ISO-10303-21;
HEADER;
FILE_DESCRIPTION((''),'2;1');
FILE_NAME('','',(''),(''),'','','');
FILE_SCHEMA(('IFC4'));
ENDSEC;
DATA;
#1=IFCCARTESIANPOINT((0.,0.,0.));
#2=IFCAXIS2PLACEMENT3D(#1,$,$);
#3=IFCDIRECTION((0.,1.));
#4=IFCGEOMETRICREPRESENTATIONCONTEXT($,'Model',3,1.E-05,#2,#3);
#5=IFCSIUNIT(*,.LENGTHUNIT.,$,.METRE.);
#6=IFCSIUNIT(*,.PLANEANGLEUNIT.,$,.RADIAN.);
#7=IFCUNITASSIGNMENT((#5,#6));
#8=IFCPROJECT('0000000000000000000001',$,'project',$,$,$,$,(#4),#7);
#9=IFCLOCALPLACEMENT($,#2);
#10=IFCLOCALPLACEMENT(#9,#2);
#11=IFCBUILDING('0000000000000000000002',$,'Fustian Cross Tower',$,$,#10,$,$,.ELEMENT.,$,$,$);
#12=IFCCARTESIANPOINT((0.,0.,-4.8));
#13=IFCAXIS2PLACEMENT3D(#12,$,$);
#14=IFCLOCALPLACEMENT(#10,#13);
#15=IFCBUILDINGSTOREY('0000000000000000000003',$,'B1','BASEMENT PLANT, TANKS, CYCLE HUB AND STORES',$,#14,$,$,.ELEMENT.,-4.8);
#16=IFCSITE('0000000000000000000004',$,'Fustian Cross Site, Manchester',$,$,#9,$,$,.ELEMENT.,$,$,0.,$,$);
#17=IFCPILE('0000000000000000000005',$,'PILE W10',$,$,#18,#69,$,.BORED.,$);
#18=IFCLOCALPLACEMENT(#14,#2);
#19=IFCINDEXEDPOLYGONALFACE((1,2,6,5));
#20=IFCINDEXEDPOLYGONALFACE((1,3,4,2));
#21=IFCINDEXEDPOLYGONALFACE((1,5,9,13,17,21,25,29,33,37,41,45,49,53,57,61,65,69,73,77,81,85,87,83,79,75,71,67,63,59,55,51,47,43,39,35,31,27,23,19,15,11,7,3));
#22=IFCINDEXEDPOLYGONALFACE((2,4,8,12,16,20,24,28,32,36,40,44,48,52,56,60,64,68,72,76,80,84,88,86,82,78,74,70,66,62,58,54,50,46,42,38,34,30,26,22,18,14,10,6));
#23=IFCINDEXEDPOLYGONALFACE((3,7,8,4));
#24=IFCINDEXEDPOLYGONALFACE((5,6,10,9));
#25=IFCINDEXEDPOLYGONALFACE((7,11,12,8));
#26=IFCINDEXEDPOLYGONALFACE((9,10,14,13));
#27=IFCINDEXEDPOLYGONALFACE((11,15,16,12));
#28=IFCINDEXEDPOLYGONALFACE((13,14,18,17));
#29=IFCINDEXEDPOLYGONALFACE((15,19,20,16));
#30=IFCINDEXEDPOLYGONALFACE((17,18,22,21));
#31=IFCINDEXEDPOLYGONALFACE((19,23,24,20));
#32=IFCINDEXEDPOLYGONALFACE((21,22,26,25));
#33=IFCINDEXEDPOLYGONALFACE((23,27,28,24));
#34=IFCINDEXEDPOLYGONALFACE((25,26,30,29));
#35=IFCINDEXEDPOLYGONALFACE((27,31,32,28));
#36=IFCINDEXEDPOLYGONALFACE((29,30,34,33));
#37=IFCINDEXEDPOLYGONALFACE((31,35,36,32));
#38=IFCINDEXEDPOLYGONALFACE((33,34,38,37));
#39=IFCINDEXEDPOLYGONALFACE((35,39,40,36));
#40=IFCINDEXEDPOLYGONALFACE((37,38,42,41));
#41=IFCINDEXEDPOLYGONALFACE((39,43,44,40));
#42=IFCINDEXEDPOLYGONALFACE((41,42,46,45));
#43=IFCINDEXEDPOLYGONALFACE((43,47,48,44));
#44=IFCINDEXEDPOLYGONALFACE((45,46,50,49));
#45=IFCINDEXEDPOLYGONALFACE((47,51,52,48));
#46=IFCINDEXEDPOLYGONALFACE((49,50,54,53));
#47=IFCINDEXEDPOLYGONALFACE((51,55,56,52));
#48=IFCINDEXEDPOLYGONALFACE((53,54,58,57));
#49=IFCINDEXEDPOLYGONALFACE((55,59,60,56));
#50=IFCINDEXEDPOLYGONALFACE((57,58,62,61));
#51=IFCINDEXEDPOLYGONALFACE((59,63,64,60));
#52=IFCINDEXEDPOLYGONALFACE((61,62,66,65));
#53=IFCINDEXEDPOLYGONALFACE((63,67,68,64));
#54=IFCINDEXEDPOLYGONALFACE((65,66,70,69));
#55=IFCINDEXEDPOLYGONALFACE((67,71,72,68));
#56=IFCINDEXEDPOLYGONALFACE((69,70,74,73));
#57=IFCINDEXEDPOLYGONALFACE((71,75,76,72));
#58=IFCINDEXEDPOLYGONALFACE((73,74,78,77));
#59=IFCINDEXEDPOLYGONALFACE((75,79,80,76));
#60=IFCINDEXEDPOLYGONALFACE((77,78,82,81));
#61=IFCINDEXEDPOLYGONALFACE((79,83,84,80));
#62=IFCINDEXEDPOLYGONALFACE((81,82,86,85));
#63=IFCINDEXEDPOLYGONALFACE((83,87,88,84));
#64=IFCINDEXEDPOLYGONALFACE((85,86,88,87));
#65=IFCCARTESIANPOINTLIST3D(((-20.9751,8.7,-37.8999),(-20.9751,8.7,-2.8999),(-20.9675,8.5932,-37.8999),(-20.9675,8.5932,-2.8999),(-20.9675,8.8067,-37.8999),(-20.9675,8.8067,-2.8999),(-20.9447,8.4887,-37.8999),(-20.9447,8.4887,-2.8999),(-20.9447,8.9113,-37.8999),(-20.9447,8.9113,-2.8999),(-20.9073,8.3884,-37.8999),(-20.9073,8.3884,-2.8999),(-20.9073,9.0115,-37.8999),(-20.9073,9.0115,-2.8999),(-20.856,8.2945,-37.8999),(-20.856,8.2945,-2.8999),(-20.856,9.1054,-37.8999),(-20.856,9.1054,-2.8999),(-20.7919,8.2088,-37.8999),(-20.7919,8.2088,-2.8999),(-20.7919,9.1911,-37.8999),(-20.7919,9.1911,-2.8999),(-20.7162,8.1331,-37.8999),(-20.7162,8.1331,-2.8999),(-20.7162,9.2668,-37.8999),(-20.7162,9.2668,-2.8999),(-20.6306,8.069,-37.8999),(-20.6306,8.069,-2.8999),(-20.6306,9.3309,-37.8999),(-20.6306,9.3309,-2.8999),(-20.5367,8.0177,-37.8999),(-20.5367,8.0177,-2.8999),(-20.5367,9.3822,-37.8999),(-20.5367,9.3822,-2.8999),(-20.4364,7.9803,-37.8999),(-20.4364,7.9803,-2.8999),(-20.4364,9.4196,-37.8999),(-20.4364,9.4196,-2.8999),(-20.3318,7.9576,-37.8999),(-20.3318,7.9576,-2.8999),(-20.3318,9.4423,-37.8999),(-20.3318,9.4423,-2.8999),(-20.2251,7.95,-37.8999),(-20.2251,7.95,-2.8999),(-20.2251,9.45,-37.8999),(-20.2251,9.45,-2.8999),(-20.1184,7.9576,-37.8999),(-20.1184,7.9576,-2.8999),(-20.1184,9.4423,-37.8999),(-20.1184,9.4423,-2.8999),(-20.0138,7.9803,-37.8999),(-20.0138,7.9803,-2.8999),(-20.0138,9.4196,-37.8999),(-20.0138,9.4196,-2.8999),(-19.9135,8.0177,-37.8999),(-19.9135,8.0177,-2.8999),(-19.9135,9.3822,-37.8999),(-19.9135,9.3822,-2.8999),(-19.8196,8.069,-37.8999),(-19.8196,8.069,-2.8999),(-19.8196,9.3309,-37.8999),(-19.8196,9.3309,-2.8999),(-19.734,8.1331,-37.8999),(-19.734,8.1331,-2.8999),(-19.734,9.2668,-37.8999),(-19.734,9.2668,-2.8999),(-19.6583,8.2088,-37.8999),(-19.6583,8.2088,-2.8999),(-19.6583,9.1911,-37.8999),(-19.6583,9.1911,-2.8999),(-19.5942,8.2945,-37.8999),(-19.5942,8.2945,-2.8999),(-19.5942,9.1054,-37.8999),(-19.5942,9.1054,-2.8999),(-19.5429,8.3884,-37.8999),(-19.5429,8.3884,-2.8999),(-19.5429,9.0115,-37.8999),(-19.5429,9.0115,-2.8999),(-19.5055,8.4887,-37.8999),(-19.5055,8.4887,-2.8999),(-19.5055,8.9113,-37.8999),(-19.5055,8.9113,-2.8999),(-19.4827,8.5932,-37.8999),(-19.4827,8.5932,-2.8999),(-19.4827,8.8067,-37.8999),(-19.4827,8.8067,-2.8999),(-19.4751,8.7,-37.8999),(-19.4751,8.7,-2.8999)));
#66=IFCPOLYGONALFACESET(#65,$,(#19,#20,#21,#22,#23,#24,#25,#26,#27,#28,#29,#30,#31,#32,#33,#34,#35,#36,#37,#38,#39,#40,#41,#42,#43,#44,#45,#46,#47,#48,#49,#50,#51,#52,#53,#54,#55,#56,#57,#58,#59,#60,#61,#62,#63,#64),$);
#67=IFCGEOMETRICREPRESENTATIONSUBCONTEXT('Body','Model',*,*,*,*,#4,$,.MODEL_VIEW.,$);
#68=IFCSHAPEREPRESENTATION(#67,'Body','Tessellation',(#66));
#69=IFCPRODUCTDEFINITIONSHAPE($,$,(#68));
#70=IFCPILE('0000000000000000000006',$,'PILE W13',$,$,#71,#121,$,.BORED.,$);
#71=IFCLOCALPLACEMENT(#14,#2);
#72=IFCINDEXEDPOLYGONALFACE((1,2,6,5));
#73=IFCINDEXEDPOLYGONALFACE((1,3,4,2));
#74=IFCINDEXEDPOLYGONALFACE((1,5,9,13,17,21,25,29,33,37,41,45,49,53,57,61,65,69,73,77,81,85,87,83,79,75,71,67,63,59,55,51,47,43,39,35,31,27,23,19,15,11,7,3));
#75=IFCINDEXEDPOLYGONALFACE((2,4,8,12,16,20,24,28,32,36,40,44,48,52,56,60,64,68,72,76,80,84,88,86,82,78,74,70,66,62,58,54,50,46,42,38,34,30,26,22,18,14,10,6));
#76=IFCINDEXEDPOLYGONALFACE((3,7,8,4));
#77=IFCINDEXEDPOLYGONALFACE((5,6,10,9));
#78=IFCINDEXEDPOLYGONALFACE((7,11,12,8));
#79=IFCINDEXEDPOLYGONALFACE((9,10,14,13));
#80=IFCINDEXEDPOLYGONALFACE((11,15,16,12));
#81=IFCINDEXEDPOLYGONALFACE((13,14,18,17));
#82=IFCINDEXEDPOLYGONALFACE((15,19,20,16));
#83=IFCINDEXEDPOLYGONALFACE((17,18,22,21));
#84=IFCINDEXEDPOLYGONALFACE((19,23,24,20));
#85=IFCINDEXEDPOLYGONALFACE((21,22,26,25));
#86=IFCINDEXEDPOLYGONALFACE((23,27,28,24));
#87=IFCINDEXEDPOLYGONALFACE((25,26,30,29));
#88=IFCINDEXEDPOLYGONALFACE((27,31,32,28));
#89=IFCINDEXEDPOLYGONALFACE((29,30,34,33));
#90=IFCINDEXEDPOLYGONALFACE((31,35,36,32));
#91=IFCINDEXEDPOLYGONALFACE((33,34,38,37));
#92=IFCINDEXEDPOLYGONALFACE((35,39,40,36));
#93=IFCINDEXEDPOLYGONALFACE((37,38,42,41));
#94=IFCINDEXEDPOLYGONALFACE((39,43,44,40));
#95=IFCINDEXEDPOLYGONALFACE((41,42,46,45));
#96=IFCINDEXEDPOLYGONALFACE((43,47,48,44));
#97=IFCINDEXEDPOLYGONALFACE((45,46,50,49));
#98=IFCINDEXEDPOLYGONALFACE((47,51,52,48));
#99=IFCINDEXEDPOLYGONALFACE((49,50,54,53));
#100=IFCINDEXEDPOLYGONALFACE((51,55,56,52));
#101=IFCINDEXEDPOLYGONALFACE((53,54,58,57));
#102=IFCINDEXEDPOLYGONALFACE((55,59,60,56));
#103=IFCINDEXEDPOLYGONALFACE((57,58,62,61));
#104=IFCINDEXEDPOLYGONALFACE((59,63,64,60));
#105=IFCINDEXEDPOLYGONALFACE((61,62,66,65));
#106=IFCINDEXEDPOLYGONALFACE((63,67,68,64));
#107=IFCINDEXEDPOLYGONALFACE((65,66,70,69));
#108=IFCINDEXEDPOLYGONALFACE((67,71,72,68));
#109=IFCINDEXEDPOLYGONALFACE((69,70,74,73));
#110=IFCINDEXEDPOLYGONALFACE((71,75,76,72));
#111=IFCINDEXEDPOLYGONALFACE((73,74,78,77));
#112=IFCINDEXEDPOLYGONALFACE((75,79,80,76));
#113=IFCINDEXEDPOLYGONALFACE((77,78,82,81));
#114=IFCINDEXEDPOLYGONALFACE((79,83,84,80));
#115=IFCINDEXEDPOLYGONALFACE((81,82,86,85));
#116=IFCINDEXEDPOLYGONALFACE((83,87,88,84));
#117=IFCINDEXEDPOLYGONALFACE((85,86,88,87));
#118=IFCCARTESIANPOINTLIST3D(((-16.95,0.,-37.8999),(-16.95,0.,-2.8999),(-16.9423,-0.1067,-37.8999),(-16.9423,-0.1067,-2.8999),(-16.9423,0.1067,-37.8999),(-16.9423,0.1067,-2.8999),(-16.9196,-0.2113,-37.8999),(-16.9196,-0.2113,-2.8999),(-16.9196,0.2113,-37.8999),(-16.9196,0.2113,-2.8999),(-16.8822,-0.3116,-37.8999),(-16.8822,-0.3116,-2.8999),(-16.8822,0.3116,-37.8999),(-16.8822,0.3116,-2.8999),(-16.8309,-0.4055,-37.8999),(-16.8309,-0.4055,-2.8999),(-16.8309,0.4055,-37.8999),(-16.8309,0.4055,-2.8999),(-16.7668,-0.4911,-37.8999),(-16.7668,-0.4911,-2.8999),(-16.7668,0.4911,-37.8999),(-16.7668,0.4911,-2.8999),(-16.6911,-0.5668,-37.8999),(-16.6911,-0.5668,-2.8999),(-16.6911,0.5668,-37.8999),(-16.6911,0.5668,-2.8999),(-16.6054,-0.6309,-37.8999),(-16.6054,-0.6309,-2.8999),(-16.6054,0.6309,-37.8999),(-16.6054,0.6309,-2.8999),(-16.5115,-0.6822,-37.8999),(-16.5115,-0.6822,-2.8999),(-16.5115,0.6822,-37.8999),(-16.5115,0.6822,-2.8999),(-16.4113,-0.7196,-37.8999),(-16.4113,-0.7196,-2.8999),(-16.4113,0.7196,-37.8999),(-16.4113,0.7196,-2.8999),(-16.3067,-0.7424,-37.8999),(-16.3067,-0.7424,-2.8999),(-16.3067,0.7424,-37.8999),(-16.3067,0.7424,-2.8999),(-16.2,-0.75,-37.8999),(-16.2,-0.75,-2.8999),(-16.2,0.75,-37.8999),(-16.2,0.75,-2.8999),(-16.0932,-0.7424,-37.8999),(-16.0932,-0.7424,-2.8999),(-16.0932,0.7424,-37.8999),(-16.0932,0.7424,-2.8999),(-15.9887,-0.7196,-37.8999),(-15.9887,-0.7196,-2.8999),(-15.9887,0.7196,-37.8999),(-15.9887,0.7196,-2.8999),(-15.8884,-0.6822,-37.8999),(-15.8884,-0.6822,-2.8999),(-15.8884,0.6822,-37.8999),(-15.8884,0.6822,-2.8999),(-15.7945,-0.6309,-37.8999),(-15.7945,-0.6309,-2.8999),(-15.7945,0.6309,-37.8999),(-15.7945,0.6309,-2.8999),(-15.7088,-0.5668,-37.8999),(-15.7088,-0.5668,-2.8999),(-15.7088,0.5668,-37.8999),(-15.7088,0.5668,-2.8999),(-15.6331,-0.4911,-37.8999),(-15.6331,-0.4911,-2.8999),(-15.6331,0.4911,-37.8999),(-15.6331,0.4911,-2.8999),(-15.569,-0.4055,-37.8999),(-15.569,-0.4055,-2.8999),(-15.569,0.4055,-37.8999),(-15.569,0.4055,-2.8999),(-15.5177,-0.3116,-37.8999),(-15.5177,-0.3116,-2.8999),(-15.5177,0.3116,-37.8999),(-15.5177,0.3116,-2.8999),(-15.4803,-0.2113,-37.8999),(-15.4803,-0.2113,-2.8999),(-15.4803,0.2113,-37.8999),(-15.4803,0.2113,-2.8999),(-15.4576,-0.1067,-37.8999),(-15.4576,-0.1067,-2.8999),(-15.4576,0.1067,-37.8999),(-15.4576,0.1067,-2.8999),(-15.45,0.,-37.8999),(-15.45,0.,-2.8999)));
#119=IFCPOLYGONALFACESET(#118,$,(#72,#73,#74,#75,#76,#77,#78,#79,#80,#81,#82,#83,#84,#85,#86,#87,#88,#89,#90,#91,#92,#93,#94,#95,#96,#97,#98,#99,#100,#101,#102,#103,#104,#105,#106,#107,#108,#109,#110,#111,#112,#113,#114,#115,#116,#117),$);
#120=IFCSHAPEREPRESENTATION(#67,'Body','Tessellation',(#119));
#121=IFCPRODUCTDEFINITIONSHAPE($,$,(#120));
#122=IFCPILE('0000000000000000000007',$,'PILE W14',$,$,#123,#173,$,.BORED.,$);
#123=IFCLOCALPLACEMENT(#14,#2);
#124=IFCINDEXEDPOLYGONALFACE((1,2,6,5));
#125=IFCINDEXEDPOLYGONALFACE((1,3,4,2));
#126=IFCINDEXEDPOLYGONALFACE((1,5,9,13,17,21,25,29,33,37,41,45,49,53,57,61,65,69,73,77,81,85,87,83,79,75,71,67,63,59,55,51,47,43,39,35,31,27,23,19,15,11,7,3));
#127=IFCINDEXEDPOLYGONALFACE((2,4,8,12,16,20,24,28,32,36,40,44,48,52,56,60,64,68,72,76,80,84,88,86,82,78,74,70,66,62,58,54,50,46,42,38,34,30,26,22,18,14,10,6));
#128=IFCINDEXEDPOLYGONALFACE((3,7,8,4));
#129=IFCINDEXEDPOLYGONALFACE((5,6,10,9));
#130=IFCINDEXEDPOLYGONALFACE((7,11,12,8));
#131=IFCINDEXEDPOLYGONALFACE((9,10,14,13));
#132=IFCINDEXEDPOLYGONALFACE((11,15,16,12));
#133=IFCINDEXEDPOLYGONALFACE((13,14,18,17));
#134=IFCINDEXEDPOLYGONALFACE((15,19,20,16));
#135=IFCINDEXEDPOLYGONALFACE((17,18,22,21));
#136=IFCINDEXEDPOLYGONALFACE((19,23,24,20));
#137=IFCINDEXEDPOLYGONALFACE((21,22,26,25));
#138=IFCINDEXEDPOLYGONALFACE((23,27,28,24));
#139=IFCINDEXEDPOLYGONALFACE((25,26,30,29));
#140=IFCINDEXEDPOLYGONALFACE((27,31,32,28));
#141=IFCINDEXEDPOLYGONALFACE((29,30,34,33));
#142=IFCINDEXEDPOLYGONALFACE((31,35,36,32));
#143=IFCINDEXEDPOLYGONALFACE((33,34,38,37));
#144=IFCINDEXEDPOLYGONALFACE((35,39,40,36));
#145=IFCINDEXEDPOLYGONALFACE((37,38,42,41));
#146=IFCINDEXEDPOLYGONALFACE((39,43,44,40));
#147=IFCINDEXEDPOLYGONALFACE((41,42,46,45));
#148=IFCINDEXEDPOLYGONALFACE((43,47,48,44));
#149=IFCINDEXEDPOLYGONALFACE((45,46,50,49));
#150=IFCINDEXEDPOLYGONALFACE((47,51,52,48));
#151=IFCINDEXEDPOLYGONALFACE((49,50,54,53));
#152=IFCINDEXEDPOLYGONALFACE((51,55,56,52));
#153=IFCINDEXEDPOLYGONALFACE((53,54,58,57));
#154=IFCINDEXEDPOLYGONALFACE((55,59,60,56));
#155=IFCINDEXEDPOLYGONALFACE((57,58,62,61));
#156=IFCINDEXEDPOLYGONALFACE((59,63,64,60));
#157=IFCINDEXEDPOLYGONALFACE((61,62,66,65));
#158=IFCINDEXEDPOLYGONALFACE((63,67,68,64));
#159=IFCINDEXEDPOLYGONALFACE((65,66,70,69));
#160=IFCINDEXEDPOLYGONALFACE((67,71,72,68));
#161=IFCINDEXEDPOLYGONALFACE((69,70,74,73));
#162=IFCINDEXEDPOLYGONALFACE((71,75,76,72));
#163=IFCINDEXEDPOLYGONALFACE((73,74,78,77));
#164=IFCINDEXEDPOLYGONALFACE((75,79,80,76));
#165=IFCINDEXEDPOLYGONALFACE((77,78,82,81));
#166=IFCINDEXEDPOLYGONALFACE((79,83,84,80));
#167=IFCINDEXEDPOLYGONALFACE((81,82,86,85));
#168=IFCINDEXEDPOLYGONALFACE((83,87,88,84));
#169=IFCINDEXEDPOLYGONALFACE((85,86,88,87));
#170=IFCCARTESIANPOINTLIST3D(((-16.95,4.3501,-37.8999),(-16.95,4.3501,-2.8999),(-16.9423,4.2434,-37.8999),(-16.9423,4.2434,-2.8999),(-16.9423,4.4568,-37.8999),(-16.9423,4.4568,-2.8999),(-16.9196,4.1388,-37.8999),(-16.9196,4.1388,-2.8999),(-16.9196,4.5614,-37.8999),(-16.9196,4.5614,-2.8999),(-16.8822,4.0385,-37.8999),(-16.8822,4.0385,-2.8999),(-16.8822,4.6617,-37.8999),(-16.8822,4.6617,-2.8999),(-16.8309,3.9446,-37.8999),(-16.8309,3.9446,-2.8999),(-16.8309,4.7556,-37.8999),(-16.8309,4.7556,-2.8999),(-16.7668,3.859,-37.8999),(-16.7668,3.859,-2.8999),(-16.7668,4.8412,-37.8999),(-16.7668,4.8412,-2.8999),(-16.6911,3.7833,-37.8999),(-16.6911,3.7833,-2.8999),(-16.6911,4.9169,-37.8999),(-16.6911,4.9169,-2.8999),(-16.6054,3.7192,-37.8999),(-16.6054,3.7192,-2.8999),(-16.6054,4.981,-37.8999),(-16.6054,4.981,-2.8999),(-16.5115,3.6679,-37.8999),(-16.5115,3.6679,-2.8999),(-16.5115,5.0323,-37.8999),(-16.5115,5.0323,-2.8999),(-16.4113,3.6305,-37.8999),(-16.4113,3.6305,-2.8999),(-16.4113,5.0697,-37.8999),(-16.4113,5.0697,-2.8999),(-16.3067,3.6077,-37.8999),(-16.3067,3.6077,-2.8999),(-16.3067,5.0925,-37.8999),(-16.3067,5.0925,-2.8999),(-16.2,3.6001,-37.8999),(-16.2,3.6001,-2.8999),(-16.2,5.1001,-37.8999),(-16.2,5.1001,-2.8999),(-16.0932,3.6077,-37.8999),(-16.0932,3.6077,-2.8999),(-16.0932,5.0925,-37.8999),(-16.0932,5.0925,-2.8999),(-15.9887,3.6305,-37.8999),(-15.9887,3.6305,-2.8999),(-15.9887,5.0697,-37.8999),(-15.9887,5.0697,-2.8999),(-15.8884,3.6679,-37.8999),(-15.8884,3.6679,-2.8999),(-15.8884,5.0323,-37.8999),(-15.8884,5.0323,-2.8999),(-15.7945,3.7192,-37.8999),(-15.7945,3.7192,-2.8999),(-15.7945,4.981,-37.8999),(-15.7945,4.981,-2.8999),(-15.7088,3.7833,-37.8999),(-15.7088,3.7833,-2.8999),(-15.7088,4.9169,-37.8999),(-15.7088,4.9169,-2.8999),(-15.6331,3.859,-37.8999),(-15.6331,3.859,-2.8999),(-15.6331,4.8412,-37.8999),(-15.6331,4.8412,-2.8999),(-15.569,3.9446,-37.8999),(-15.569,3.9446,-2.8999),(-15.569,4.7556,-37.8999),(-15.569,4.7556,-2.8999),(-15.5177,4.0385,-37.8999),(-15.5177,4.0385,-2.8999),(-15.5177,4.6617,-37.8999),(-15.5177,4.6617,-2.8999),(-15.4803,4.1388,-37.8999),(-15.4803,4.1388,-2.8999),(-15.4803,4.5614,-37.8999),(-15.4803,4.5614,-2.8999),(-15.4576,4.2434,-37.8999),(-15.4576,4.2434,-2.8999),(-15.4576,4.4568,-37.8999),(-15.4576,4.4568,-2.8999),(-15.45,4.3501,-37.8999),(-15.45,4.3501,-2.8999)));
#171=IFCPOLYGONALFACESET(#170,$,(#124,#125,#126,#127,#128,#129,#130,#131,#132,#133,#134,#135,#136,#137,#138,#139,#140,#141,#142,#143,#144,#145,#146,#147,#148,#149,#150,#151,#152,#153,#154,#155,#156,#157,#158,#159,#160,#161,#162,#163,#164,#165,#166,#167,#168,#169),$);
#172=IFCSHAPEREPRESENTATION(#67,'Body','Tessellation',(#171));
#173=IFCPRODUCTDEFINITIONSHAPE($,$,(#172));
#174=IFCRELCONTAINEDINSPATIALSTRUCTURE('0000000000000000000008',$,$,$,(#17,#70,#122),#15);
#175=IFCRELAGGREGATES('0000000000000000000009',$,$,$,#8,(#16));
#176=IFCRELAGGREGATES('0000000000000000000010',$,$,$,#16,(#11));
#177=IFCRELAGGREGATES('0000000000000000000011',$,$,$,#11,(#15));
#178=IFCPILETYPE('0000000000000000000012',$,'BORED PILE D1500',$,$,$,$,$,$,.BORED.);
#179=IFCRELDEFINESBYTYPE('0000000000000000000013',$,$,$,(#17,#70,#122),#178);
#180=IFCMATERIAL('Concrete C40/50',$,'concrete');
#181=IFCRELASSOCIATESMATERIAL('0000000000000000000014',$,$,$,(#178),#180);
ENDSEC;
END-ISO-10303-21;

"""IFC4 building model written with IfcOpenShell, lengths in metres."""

from ifc_helpers import new_model, si_unit, direction, frame, origin, origin_2d, place, context, subcontext, project, spatial, circle, extrude, material, material_profile, profile_set, type_object, element, save


model = new_model("IFC4")

# Units and contexts
model_context = context("Model", 3, precision=1e-05, world=origin(), true_north=direction((0.0, 1.0)))
body_context = subcontext(model_context, "Body", "Model", "MODEL_VIEW")
ifc_project = project(units=[si_unit("LENGTHUNIT", "METRE"), si_unit("PLANEANGLEUNIT", "RADIAN")], contexts=[model_context])

# Site, building, storey
site_placement = place(None, origin())
site = spatial("IfcSite", under=ifc_project, at=site_placement, Name="Fustian Cross Site, Manchester", CompositionType="ELEMENT", RefElevation=0.0)
building_placement = place(site_placement, origin())
building = spatial("IfcBuilding", under=site, at=building_placement, Name="Fustian Cross Tower", CompositionType="ELEMENT")
storey_placement = place(building_placement, frame((0.0, 0.0, -4.8)))
storey = spatial("IfcBuildingStorey", under=building, at=storey_placement, Name="B1", Description="BASEMENT PLANT, TANKS, CYCLE HUB AND STORES", CompositionType="ELEMENT", Elevation=-4.8)

# Piles
ifc_material_1 = material(Name="Concrete C40/50", Category="concrete")
ifc_material_profile = material_profile(ifc_material_1, circle(Radius=0.75, at=origin_2d()), Name="BORED PILE D1500")
ifc_profile_set = profile_set([ifc_material_profile], Name="Concrete C40/50")
pile_type = type_object("IfcPileType", Name="BORED PILE D1500", PredefinedType="BORED", material=ifc_profile_set)
for number, where, z_axis, x_axis, name in (
    (1, (-20.2251, 8.7, -2.8999), (0.0, 0.0, -1.0), (1.0, 0.0, 0.0), "PILE W10"),
    (2, (-16.2, 0.0, -2.8999), (0.0, 0.0, -1.0), (1.0, 0.0, 0.0), "PILE W13"),
    (3, (-16.2, 4.3501, -2.8999), (0.0, 0.0, -1.0), (1.0, 0.0, 0.0), "PILE W14"),
):
    element("IfcPile", number, at=place(storey_placement, frame(where, z_axis=z_axis, x_axis=x_axis)), inside=storey, type_object=pile_type, Name=name, PredefinedType="BORED", context=body_context, shape_type="SweptSolid", body=[
        extrude(circle(Radius=0.75, at=origin_2d()), origin(), (0.0, 0.0, 1.0), 35.0),
    ])

save(model, "model.ifc")
